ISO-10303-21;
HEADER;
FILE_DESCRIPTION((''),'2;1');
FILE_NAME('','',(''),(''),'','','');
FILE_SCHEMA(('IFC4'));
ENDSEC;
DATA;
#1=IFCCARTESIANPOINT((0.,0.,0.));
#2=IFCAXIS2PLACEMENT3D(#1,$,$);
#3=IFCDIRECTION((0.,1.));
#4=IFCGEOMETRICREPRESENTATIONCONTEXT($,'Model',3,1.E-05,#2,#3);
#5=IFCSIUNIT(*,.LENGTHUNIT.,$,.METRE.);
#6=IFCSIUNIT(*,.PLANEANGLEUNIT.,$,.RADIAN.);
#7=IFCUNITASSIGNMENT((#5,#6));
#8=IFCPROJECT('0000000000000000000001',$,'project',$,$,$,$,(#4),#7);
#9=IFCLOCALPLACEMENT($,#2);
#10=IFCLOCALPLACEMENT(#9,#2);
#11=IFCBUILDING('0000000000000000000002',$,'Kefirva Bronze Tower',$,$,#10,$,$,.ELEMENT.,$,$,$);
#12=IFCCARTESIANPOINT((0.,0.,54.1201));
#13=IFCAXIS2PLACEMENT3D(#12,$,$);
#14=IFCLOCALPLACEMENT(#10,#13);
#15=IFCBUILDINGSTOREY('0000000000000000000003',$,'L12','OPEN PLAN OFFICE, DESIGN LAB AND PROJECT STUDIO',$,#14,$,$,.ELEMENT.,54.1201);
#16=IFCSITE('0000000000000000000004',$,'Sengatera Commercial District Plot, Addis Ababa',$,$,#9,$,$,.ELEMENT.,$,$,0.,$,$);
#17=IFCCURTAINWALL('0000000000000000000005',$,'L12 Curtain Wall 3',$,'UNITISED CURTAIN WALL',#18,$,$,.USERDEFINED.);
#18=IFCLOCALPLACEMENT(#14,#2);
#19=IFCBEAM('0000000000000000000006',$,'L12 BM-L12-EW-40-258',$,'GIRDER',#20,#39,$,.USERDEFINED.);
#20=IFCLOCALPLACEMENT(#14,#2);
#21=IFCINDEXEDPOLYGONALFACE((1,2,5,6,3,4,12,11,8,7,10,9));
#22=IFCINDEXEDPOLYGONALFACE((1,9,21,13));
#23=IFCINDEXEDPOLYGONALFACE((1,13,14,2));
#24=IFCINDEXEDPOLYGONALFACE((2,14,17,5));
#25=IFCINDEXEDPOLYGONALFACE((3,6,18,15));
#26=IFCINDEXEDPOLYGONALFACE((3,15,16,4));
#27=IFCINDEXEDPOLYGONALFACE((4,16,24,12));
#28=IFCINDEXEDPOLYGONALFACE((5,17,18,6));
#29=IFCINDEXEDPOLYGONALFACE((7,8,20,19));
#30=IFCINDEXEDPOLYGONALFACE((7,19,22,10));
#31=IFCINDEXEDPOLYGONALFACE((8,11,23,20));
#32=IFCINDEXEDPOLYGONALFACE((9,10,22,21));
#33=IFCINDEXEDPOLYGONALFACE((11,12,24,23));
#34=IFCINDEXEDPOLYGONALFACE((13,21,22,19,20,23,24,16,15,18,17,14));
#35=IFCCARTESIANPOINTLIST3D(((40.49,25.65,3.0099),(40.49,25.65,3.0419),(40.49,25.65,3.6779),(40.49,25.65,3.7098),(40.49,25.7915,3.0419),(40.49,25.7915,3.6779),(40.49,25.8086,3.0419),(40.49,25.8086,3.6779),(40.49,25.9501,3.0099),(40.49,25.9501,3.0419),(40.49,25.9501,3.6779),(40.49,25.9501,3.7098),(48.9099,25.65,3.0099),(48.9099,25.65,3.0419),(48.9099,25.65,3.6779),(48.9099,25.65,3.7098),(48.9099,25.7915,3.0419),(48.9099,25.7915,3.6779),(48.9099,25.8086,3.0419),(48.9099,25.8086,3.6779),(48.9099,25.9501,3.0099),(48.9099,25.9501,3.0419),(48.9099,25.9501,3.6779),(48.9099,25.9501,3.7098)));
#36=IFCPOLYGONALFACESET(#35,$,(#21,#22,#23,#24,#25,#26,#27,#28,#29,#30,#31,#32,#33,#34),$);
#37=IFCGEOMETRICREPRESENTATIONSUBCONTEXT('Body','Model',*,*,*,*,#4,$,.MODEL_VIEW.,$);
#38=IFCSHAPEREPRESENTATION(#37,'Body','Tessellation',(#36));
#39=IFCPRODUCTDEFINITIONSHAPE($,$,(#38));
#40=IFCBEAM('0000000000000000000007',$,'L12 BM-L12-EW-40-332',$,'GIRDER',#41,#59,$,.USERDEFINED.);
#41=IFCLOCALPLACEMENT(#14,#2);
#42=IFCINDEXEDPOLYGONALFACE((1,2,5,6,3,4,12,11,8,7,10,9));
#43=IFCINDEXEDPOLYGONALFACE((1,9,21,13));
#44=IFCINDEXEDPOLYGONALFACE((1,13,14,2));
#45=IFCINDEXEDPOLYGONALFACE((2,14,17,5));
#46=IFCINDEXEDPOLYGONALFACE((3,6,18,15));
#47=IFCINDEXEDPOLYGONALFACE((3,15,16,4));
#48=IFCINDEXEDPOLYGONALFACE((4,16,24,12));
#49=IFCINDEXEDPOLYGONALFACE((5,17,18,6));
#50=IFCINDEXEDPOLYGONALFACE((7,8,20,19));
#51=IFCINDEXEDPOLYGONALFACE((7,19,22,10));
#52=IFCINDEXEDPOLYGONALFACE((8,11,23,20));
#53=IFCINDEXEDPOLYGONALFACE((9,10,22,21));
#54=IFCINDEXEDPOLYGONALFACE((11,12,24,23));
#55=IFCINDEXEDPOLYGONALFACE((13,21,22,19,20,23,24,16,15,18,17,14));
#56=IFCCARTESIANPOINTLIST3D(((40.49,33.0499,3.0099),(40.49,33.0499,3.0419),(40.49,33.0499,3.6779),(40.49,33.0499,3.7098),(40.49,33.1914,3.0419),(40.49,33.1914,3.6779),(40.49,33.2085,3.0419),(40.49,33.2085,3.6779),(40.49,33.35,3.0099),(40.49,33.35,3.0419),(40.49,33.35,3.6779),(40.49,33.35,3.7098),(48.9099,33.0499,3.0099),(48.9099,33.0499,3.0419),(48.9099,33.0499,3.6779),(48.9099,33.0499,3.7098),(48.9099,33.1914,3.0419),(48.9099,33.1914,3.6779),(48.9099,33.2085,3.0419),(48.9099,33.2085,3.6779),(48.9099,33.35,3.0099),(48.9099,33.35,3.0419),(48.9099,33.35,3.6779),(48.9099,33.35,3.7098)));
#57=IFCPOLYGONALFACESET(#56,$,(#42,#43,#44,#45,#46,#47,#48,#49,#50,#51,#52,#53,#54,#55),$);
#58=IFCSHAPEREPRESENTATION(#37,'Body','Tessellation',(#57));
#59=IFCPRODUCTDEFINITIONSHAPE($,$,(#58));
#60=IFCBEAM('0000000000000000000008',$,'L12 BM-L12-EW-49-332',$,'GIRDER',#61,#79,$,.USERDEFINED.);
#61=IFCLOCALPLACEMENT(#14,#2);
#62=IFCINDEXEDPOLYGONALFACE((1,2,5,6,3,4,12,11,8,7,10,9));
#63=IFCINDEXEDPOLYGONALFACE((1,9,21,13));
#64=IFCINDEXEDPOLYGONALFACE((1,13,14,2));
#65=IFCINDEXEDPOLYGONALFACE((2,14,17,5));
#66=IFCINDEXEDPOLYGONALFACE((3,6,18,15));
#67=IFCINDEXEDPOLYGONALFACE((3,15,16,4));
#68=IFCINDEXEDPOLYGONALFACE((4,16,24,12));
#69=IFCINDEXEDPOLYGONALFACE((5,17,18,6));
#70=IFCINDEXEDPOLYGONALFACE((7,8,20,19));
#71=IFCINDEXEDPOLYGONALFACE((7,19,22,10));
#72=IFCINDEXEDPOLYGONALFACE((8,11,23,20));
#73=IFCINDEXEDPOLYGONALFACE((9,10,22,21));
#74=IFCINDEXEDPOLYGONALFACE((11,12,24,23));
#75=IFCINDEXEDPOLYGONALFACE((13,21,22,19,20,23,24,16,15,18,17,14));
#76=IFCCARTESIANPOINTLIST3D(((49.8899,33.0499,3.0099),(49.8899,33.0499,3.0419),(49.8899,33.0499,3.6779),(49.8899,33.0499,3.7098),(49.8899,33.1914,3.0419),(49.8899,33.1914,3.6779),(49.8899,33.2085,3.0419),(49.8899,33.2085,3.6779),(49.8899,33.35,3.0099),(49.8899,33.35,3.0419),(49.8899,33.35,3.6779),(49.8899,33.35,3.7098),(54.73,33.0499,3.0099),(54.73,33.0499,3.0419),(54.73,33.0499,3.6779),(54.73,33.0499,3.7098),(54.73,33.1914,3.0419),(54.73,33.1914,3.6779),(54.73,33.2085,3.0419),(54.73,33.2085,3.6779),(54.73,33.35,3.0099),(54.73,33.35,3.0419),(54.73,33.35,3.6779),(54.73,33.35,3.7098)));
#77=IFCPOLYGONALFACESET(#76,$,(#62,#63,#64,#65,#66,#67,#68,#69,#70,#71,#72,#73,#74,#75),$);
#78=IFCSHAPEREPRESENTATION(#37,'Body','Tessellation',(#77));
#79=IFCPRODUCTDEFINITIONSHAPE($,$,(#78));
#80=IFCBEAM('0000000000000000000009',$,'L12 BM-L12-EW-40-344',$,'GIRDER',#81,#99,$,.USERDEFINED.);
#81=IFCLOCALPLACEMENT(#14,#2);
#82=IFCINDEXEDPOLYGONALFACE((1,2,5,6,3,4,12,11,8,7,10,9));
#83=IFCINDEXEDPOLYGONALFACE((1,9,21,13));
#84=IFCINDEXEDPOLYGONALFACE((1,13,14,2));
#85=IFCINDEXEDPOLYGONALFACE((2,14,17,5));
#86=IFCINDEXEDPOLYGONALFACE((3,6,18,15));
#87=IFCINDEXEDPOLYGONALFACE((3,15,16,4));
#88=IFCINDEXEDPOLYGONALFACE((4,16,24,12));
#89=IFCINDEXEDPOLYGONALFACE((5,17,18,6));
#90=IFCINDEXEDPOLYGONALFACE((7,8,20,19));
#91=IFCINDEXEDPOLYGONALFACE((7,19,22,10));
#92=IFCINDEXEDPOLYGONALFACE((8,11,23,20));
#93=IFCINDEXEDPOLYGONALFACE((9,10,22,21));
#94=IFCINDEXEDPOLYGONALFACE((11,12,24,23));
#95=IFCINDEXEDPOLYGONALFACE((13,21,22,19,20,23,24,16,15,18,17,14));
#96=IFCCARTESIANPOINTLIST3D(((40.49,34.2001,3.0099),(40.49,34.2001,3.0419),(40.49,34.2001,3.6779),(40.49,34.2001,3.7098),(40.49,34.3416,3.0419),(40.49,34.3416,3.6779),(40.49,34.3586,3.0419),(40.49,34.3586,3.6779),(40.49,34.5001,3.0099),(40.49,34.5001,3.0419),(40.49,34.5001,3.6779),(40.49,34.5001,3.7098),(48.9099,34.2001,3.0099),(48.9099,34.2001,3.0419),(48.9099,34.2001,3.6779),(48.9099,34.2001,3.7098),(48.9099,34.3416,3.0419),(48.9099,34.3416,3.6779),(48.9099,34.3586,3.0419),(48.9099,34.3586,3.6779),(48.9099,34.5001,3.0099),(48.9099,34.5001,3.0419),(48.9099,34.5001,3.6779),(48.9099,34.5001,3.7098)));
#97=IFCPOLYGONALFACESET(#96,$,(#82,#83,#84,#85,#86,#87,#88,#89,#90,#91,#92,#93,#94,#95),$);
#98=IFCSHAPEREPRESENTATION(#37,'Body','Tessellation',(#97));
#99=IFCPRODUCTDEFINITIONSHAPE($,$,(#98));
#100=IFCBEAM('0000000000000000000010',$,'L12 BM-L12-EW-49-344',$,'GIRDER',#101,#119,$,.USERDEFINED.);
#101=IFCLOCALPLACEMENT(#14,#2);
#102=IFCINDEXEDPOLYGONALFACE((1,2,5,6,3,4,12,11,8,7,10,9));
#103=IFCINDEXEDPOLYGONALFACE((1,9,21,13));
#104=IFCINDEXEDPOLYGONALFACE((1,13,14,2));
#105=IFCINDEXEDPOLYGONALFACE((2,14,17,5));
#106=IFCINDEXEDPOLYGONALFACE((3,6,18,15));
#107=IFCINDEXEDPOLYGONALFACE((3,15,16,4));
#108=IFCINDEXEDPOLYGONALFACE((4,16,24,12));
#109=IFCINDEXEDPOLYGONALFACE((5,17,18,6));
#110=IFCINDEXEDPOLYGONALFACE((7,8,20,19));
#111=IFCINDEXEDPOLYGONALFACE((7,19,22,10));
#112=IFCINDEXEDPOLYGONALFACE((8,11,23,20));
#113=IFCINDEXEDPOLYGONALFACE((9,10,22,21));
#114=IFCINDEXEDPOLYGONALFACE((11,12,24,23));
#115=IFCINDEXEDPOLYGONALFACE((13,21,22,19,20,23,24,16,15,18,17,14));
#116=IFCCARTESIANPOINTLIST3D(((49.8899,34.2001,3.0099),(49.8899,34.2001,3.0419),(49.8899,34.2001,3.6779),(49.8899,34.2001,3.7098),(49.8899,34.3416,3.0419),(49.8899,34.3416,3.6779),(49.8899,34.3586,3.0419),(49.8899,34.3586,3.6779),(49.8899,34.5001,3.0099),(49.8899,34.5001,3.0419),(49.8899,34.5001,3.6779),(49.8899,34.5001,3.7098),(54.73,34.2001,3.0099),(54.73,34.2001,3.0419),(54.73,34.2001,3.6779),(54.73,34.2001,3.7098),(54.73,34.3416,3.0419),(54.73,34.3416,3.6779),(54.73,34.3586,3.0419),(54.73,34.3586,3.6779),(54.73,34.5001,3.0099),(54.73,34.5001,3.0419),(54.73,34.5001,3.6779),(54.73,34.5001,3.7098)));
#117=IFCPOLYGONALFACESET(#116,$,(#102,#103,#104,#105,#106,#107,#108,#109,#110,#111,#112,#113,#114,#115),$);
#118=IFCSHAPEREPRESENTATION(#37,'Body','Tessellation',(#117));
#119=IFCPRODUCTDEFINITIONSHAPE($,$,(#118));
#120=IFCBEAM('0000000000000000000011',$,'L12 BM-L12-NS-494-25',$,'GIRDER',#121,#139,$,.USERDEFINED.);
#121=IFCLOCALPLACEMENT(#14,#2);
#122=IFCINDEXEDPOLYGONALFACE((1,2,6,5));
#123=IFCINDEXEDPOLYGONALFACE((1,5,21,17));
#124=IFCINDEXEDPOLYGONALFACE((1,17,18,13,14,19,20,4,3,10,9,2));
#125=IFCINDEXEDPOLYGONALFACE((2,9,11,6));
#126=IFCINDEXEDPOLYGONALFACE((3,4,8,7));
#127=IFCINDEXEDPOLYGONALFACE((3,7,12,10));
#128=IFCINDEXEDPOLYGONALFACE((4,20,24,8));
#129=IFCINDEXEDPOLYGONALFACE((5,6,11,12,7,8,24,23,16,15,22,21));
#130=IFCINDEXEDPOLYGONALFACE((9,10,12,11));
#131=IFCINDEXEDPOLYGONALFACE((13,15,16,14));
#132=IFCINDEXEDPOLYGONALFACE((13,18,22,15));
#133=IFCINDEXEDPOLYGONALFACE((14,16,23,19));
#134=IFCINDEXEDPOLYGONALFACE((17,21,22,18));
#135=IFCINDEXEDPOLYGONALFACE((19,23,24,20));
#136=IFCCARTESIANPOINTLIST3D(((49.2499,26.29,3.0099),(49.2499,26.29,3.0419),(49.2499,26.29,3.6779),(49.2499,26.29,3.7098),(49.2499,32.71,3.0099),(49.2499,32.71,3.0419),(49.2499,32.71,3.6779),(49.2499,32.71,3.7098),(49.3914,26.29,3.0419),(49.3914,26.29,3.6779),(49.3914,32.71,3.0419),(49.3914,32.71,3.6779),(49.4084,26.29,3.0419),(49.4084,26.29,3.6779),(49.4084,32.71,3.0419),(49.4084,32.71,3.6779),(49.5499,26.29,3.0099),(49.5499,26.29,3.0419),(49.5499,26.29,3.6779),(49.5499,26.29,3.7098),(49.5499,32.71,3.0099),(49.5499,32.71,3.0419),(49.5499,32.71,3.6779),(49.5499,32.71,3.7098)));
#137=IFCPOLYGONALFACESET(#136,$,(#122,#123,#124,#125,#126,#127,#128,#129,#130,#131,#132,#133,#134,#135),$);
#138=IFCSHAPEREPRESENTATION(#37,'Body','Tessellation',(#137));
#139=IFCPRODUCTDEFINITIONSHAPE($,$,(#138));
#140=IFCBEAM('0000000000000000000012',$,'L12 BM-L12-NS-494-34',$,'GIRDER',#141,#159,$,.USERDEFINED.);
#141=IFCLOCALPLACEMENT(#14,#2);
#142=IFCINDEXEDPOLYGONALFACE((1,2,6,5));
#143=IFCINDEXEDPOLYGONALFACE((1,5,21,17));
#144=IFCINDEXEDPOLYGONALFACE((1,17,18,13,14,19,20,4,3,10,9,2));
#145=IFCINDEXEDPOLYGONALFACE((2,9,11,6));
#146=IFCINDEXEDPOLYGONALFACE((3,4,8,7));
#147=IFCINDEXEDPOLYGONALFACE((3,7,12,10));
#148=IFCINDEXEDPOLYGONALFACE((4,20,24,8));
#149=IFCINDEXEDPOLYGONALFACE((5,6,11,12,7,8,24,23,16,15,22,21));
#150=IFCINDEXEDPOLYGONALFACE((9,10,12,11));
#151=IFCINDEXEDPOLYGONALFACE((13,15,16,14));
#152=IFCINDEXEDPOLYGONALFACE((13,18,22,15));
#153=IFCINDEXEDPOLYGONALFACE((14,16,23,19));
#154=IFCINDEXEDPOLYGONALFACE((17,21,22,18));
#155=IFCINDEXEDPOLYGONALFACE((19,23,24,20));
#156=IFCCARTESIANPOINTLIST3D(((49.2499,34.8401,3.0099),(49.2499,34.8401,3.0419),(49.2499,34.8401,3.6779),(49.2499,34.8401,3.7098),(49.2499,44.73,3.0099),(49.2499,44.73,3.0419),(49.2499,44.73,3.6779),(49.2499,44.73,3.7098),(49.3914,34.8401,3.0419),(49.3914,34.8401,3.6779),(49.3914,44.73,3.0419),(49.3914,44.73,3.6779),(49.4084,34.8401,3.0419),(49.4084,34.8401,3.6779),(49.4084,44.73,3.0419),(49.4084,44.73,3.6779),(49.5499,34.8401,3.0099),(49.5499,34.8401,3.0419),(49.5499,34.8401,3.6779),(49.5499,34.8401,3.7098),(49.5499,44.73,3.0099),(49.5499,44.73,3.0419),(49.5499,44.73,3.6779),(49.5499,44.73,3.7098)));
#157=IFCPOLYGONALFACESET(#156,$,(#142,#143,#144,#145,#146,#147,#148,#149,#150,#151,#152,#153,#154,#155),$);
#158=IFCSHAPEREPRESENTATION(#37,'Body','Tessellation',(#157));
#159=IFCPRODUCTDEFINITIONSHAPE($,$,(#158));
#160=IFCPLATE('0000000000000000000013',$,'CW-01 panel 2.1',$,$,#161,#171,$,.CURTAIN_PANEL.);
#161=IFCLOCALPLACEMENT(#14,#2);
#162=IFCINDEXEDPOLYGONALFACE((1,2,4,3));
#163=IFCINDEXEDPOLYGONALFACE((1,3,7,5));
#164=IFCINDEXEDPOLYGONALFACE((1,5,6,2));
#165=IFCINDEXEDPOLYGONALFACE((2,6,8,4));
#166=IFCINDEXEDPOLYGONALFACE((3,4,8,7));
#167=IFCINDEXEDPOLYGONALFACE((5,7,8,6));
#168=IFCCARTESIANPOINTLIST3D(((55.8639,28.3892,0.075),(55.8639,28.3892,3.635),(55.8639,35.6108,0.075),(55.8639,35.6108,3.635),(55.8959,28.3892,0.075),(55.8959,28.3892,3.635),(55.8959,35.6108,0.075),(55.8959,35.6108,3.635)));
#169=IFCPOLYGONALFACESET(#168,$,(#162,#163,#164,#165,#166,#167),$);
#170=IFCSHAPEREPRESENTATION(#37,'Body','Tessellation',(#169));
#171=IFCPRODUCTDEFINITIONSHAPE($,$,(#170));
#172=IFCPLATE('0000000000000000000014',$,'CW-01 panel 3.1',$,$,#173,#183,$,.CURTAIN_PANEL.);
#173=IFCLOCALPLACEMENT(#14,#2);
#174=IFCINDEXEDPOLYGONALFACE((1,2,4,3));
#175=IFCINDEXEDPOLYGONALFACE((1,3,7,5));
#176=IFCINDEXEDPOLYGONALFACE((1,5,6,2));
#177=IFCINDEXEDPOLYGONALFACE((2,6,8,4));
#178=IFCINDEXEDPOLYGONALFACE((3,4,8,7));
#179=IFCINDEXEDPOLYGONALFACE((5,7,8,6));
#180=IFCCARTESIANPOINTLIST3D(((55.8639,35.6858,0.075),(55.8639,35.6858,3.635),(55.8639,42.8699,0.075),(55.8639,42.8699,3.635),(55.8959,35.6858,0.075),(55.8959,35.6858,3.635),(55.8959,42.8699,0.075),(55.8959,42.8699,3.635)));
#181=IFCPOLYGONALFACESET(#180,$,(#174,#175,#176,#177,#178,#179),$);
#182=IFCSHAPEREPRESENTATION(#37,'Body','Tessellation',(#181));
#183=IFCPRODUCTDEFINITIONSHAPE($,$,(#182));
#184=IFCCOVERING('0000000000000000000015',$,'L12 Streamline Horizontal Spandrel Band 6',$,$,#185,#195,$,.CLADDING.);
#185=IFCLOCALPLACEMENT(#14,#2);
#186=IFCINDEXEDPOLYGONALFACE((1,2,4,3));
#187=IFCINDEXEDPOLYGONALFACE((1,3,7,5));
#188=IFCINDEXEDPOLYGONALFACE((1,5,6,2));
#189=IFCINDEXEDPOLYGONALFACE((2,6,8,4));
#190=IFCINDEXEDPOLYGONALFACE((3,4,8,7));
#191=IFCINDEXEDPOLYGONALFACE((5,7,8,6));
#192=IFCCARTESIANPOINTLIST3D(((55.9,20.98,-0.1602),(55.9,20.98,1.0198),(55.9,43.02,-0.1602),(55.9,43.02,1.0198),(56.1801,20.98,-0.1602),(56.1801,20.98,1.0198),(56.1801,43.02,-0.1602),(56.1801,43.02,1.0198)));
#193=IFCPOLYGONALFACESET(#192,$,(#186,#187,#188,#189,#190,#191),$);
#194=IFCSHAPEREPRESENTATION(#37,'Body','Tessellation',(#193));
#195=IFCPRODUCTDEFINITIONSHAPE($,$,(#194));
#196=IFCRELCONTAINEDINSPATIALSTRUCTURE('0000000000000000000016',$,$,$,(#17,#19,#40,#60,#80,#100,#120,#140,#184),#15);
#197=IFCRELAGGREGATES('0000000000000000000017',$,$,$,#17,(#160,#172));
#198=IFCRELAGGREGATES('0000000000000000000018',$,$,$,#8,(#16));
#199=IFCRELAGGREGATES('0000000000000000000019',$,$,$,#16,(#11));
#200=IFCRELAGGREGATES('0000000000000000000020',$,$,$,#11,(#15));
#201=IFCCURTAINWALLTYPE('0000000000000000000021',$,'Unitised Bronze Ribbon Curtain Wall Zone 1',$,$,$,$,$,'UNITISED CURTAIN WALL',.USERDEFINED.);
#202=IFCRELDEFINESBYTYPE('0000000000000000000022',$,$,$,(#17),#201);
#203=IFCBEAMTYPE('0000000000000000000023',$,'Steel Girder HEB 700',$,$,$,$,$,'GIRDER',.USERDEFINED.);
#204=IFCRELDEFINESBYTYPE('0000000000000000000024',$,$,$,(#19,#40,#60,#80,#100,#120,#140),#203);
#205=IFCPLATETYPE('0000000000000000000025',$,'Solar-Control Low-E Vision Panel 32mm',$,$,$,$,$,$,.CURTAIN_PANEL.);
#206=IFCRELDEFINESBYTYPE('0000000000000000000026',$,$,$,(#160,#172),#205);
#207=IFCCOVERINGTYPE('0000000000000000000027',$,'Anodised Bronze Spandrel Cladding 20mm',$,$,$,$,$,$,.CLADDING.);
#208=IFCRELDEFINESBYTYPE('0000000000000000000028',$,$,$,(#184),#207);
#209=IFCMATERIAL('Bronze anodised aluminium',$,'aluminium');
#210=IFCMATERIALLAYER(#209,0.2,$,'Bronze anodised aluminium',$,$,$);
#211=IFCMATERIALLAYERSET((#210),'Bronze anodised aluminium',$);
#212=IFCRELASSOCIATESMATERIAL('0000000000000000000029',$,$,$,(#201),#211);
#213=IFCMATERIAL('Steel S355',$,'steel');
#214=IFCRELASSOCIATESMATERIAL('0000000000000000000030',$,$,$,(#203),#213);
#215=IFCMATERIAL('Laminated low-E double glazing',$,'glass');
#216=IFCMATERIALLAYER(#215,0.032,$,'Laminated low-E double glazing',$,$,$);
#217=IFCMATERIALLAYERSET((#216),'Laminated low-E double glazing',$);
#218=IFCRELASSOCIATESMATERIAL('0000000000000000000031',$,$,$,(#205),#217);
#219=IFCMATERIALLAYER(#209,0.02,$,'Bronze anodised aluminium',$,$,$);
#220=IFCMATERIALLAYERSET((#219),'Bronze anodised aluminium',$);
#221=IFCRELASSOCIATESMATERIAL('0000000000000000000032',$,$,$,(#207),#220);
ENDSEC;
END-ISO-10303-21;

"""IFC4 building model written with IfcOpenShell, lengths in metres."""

from ifc_helpers import new_model, si_unit, direction, frame, origin, origin_2d, place, context, subcontext, project, spatial, rectangle, i_section, extrude, material, layer, layer_set, material_profile, profile_set, type_object, element, aggregate, save


model = new_model("IFC4")

# Units and contexts
model_context = context("Model", 3, precision=1e-05, world=origin(), true_north=direction((0.0, 1.0)))
body_context = subcontext(model_context, "Body", "Model", "MODEL_VIEW")
ifc_project = project(units=[si_unit("LENGTHUNIT", "METRE"), si_unit("PLANEANGLEUNIT", "RADIAN")], contexts=[model_context])

# Site, building, storey
site_placement = place(None, origin())
site = spatial("IfcSite", under=ifc_project, at=site_placement, Name="Sengatera Commercial District Plot, Addis Ababa", CompositionType="ELEMENT", RefElevation=0.0)
building_placement = place(site_placement, origin())
building = spatial("IfcBuilding", under=site, at=building_placement, Name="Kefirva Bronze Tower", CompositionType="ELEMENT")
storey_placement = place(building_placement, frame((0.0, 0.0, 54.1201)))
storey = spatial("IfcBuildingStorey", under=building, at=storey_placement, Name="L12", Description="OPEN PLAN OFFICE, DESIGN LAB AND PROJECT STUDIO", CompositionType="ELEMENT", Elevation=54.1201)

# Curtain wall
ifc_material_1 = material(Name="Bronze anodised aluminium", Category="aluminium")
ifc_layer_1 = layer(ifc_material_1, 0.2, Name="Bronze anodised aluminium")
ifc_layer_set_1 = layer_set([ifc_layer_1], Name="Bronze anodised aluminium")
curtain_wall_type = type_object("IfcCurtainWallType", Name="Unitised Bronze Ribbon Curtain Wall Zone 1", ElementType="UNITISED CURTAIN WALL", PredefinedType="USERDEFINED", material=ifc_layer_set_1)
curtain_wall_placement = place(storey_placement, origin())
curtain_wall = element("IfcCurtainWall", 1, at=curtain_wall_placement, inside=storey, type_object=curtain_wall_type, Name="L12 Curtain Wall 3", ObjectType="UNITISED CURTAIN WALL", PredefinedType="USERDEFINED")

# Beams
ifc_material_2 = material(Name="Steel S355", Category="steel")
ifc_material_profile_1 = material_profile(ifc_material_2, i_section(OverallWidth=0.3, OverallDepth=0.7, WebThickness=0.0171, FlangeThickness=0.032, at=origin_2d()), Name="HEB 700")
ifc_profile_set_1 = profile_set([ifc_material_profile_1], Name="Steel S355")
beam_type_1 = type_object("IfcBeamType", Name="Steel Girder HEB 700", ElementType="GIRDER", PredefinedType="USERDEFINED", material=ifc_profile_set_1)
for number, where, z_axis, x_axis, name in (
    (2, (40.49, 25.8, 3.3599), (1.0, 0.0, 0.0), (0.0, 1.0, 0.0), "L12 BM-L12-EW-40-258"),
    (3, (40.49, 33.2, 3.3599), (1.0, 0.0, 0.0), (0.0, 1.0, 0.0), "L12 BM-L12-EW-40-332"),
):
    element("IfcBeam", number, at=place(storey_placement, frame(where, z_axis=z_axis, x_axis=x_axis)), inside=storey, type_object=beam_type_1, Name=name, ObjectType="GIRDER", PredefinedType="USERDEFINED", context=body_context, shape_type="SweptSolid", body=[
        extrude(i_section(OverallWidth=0.3, OverallDepth=0.7, WebThickness=0.0171, FlangeThickness=0.032, at=origin_2d()), origin(), (0.0, 0.0, 1.0), 8.4199),
    ])
beam_1_placement = place(storey_placement, frame((49.8899, 33.2, 3.3599), z_axis=(1.0, 0.0, 0.0), x_axis=(0.0, 1.0, 0.0)))
element("IfcBeam", 4, at=beam_1_placement, inside=storey, type_object=beam_type_1, Name="L12 BM-L12-EW-49-332", ObjectType="GIRDER", PredefinedType="USERDEFINED", context=body_context, shape_type="SweptSolid", body=[
    extrude(i_section(OverallWidth=0.3, OverallDepth=0.7, WebThickness=0.0171, FlangeThickness=0.032, at=origin_2d()), origin(), (0.0, 0.0, 1.0), 4.8401),
])
beam_2_placement = place(storey_placement, frame((40.49, 34.3501, 3.3599), z_axis=(1.0, 0.0, 0.0), x_axis=(0.0, 1.0, 0.0)))
element("IfcBeam", 5, at=beam_2_placement, inside=storey, type_object=beam_type_1, Name="L12 BM-L12-EW-40-344", ObjectType="GIRDER", PredefinedType="USERDEFINED", context=body_context, shape_type="SweptSolid", body=[
    extrude(i_section(OverallWidth=0.3, OverallDepth=0.7, WebThickness=0.0171, FlangeThickness=0.032, at=origin_2d()), origin(), (0.0, 0.0, 1.0), 8.4199),
])
beam_3_placement = place(storey_placement, frame((49.8899, 34.3501, 3.3599), z_axis=(1.0, 0.0, 0.0), x_axis=(0.0, 1.0, 0.0)))
element("IfcBeam", 6, at=beam_3_placement, inside=storey, type_object=beam_type_1, Name="L12 BM-L12-EW-49-344", ObjectType="GIRDER", PredefinedType="USERDEFINED", context=body_context, shape_type="SweptSolid", body=[
    extrude(i_section(OverallWidth=0.3, OverallDepth=0.7, WebThickness=0.0171, FlangeThickness=0.032, at=origin_2d()), origin(), (0.0, 0.0, 1.0), 4.8401),
])
beam_4_placement = place(storey_placement, frame((49.3999, 26.29, 3.3599), z_axis=(0.0, 1.0, 0.0), x_axis=(-1.0, 0.0, 0.0)))
element("IfcBeam", 7, at=beam_4_placement, inside=storey, type_object=beam_type_1, Name="L12 BM-L12-NS-494-25", ObjectType="GIRDER", PredefinedType="USERDEFINED", context=body_context, shape_type="SweptSolid", body=[
    extrude(i_section(OverallWidth=0.3, OverallDepth=0.7, WebThickness=0.0171, FlangeThickness=0.032, at=origin_2d()), origin(), (0.0, 0.0, 1.0), 6.4199),
])
beam_5_placement = place(storey_placement, frame((49.3999, 34.8401, 3.3599), z_axis=(0.0, 1.0, 0.0), x_axis=(-1.0, 0.0, 0.0)))
element("IfcBeam", 8, at=beam_5_placement, inside=storey, type_object=beam_type_1, Name="L12 BM-L12-NS-494-34", ObjectType="GIRDER", PredefinedType="USERDEFINED", context=body_context, shape_type="SweptSolid", body=[
    extrude(i_section(OverallWidth=0.3, OverallDepth=0.7, WebThickness=0.0171, FlangeThickness=0.032, at=origin_2d()), origin(), (0.0, 0.0, 1.0), 9.8899),
])

# Plates
ifc_material_3 = material(Name="Laminated low-E double glazing", Category="glass")
ifc_layer_2 = layer(ifc_material_3, 0.032, Name="Laminated low-E double glazing")
ifc_layer_set_2 = layer_set([ifc_layer_2], Name="Laminated low-E double glazing")
plate_type = type_object("IfcPlateType", Name="Solar-Control Low-E Vision Panel 32mm", PredefinedType="CURTAIN_PANEL", material=ifc_layer_set_2)
plate_1_placement = place(storey_placement, frame((55.8799, 32.0, 0.075), z_axis=(0.0, 0.0, 1.0), x_axis=(0.0, 1.0, 0.0)))
plate_1 = element("IfcPlate", 9, at=plate_1_placement, type_object=plate_type, Name="CW-01 panel 2.1", PredefinedType="CURTAIN_PANEL", context=body_context, shape_type="SweptSolid", body=[
    extrude(rectangle(XDim=7.2217, YDim=0.032, at=origin_2d()), origin(), (0.0, 0.0, 1.0), 3.5601),
])
plate_2_placement = place(storey_placement, frame((55.8799, 39.2778, 0.075), z_axis=(0.0, 0.0, 1.0), x_axis=(0.0, 1.0, 0.0)))
plate_2 = element("IfcPlate", 10, at=plate_2_placement, type_object=plate_type, Name="CW-01 panel 3.1", PredefinedType="CURTAIN_PANEL", context=body_context, shape_type="SweptSolid", body=[
    extrude(rectangle(XDim=7.1841, YDim=0.032, at=origin_2d()), origin(), (0.0, 0.0, 1.0), 3.5601),
])
aggregate(curtain_wall, [plate_1, plate_2])

# Covering
ifc_layer_3 = layer(ifc_material_1, 0.02, Name="Bronze anodised aluminium")
ifc_layer_set_3 = layer_set([ifc_layer_3], Name="Bronze anodised aluminium")
covering_type_1 = type_object("IfcCoveringType", Name="Anodised Bronze Spandrel Cladding 20mm", PredefinedType="CLADDING", material=ifc_layer_set_3)
covering_1_placement = place(storey_placement, frame((56.04, 32.0, -0.1602), z_axis=(0.0, 0.0, 1.0), x_axis=(0.0, 1.0, 0.0)))
element("IfcCovering", 11, at=covering_1_placement, inside=storey, type_object=covering_type_1, Name="L12 Streamline Horizontal Spandrel Band 6", PredefinedType="CLADDING", context=body_context, shape_type="SweptSolid", body=[
    extrude(rectangle(XDim=22.04, YDim=0.28, at=origin_2d()), origin(), (0.0, 0.0, 1.0), 1.1799),
])

save(model, "model.ifc")
